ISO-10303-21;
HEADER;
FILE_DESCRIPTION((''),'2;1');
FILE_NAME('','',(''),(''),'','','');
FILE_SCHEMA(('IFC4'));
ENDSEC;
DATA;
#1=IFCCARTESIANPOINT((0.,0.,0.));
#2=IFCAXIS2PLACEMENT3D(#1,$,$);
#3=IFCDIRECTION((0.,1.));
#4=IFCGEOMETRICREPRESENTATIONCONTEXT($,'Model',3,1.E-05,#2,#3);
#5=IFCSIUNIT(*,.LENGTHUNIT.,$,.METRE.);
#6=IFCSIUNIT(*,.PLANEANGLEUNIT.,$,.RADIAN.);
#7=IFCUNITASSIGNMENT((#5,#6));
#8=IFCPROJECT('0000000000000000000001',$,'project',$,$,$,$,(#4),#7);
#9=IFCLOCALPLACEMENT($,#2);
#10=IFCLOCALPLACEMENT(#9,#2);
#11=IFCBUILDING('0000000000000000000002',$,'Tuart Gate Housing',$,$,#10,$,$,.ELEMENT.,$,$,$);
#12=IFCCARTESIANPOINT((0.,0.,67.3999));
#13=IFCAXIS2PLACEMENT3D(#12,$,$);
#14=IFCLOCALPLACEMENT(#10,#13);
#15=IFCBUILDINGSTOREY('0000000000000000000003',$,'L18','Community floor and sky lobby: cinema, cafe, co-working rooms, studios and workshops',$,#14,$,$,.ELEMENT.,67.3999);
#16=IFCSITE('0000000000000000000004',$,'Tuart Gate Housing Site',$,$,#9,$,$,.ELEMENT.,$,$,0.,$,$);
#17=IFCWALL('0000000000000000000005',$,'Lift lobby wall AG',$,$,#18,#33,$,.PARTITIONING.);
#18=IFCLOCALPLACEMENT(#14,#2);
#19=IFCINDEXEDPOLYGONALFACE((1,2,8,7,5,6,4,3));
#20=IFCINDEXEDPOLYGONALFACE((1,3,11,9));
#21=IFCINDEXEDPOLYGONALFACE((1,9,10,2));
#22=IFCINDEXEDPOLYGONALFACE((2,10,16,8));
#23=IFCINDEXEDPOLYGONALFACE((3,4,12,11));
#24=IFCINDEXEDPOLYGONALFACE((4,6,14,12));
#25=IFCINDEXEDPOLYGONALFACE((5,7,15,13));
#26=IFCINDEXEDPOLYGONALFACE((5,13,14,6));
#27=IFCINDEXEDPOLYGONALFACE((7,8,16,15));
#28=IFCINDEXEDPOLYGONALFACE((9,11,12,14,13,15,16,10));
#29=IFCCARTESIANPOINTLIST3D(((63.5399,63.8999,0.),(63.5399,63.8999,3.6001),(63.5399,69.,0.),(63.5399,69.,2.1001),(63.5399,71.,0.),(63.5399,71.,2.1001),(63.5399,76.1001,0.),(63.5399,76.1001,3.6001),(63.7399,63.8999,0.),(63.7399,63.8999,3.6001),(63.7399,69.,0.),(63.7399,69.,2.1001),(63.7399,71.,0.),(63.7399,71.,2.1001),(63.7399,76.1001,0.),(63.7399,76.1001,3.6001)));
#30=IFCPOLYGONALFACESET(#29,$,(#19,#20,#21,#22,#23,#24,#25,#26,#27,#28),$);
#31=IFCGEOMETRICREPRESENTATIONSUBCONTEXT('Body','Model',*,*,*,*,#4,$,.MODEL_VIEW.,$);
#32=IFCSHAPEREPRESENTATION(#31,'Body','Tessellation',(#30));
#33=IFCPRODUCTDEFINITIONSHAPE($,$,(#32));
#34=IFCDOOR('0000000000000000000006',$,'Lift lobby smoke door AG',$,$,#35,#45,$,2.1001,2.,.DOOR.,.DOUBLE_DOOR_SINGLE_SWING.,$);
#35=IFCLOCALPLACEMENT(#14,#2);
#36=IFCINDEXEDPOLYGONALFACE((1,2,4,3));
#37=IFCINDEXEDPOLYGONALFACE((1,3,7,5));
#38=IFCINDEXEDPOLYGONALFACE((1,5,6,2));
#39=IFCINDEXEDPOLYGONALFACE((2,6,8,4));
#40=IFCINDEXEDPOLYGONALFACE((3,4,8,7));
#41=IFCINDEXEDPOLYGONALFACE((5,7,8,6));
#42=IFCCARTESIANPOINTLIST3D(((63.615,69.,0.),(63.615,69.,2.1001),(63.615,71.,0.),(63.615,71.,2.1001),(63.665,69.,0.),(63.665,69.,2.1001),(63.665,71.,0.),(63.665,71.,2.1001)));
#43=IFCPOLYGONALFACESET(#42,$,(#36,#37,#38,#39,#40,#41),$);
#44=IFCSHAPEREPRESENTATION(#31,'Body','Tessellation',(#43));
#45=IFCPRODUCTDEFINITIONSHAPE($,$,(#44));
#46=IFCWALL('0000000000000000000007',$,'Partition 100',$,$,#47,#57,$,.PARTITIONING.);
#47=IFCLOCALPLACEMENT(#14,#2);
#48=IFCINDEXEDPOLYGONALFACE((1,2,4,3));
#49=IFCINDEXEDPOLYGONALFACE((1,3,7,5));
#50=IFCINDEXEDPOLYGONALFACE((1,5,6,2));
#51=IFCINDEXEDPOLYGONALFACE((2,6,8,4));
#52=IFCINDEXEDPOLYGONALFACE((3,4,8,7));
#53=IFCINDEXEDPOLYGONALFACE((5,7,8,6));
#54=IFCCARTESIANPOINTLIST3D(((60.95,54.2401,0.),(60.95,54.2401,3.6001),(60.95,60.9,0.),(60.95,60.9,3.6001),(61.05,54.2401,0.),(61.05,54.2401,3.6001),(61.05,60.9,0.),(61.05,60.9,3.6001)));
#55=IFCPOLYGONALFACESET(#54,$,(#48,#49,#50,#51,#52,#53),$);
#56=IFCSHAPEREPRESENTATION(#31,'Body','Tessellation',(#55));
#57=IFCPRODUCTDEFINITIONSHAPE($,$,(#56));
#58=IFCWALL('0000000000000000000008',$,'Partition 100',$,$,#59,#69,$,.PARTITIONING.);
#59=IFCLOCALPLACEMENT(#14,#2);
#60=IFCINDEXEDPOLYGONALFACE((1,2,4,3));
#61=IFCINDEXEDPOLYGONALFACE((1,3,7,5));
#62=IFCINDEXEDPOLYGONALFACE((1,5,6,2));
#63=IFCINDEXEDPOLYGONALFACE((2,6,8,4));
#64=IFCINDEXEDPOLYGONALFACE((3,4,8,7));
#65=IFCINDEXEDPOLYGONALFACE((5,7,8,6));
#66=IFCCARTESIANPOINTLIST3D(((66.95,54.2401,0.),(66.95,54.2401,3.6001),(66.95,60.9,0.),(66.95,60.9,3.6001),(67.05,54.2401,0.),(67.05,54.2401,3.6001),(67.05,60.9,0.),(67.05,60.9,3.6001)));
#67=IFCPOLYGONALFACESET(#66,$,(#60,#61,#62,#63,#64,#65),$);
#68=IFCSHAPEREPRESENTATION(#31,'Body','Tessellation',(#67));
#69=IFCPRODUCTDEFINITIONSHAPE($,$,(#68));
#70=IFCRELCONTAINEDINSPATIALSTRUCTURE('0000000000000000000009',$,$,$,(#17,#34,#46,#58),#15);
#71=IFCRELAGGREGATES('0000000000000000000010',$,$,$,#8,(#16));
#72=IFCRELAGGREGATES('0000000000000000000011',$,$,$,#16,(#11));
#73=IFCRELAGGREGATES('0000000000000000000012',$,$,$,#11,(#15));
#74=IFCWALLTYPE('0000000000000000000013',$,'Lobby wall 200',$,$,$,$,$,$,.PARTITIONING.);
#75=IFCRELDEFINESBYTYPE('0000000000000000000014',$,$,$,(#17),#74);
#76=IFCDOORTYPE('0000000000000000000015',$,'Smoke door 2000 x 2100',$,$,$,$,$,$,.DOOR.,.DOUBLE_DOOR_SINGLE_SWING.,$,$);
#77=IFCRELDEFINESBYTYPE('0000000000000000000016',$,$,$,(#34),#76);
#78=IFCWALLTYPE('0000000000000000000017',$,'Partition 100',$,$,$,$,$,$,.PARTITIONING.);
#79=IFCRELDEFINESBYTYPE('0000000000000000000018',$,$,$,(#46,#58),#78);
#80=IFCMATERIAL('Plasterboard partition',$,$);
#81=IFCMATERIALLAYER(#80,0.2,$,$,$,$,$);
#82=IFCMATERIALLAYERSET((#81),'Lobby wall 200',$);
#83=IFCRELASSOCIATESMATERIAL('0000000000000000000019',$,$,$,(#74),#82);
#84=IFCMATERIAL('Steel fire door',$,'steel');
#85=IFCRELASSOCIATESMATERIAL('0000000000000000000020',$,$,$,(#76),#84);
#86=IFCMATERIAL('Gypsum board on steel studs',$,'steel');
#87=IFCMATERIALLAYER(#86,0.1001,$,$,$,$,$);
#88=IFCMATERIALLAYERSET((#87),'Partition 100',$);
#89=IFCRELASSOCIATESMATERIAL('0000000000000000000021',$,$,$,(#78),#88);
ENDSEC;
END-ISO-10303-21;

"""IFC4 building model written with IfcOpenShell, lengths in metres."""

from ifc_helpers import new_model, si_unit, direction, frame, frame_2d, origin, place, context, subcontext, project, spatial, rectangle, extrude, material, layer, layer_set, type_object, element, fill, save


model = new_model("IFC4")

# Units and contexts
model_context = context("Model", 3, precision=1e-05, world=origin(), true_north=direction((0.0, 1.0)))
body_context = subcontext(model_context, "Body", "Model", "MODEL_VIEW")
ifc_project = project(units=[si_unit("LENGTHUNIT", "METRE"), si_unit("PLANEANGLEUNIT", "RADIAN")], contexts=[model_context])

# Site, building, storey
site_placement = place(None, origin())
site = spatial("IfcSite", under=ifc_project, at=site_placement, Name="Tuart Gate Housing Site", CompositionType="ELEMENT", RefElevation=0.0)
building_placement = place(site_placement, origin())
building = spatial("IfcBuilding", under=site, at=building_placement, Name="Tuart Gate Housing", CompositionType="ELEMENT")
storey_placement = place(building_placement, frame((0.0, 0.0, 67.3999)))
storey = spatial("IfcBuildingStorey", under=building, at=storey_placement, Name="L18", Description="Community floor and sky lobby: cinema, cafe, co-working rooms, studios and workshops", CompositionType="ELEMENT", Elevation=67.3999)

# Wall, opening, door
ifc_material_1 = material(Name="Plasterboard partition")
ifc_layer_1 = layer(ifc_material_1, 0.2)
ifc_layer_set_1 = layer_set([ifc_layer_1], Name="Lobby wall 200")
wall_type_1 = type_object("IfcWallType", Name="Lobby wall 200", PredefinedType="PARTITIONING", material=ifc_layer_set_1)
wall_1_placement = place(storey_placement, frame((63.6399, 63.8999, 0.0), z_axis=(0.0, 0.0, 1.0), x_axis=(0.0, 1.0, 0.0)))
wall_1 = element("IfcWall", 1, at=wall_1_placement, inside=storey, type_object=wall_type_1, Name="Lift lobby wall AG", PredefinedType="PARTITIONING", context=body_context, shape_type="SweptSolid", body=[
    extrude(rectangle(XDim=12.2002, YDim=0.2, at=frame_2d((6.1001, 0.0))), origin(), (0.0, 0.0, 1.0), 3.6001),
])
opening_1_placement = place(wall_1_placement, frame((5.1001, 0.0, 0.0)))
opening_1 = element("IfcOpeningElement", 2, at=opening_1_placement, cuts=wall_1, PredefinedType="OPENING", context=body_context, shape_type="SweptSolid", body=[
    extrude(rectangle(XDim=2.0, YDim=2.1001, at=frame_2d((1.0, 1.05))), frame((0.0, 0.1099, 0.0), z_axis=(0.0, -1.0, 0.0), x_axis=(1.0, 0.0, 0.0)), (0.0, 0.0, 1.0), 0.22),
])
ifc_material_2 = material(Name="Steel fire door", Category="steel")
door_type_1 = type_object("IfcDoorType", Name="Smoke door 2000 x 2100", OperationType="DOUBLE_DOOR_SINGLE_SWING", PredefinedType="DOOR", material=ifc_material_2)
door_1_placement = place(opening_1_placement, frame((2.0, 0.0, 0.0), z_axis=(0.0, 0.0, 1.0), x_axis=(-1.0, 0.0, 0.0)))
door_1 = element("IfcDoor", 3, at=door_1_placement, inside=storey, type_object=door_type_1, Name="Lift lobby smoke door AG", OperationType="DOUBLE_DOOR_SINGLE_SWING", OverallHeight=2.1001, OverallWidth=2.0, PredefinedType="DOOR", context=body_context, shape_type="SweptSolid", body=[
    extrude(rectangle(XDim=2.0, YDim=2.1001, at=frame_2d((1.0, 1.05))), frame((0.0, 0.0251, 0.0), z_axis=(0.0, -1.0, 0.0), x_axis=(1.0, 0.0, 0.0)), (0.0, 0.0, 1.0), 0.05),
])
fill(opening_1, door_1)

# Walls
ifc_material_3 = material(Name="Gypsum board on steel studs", Category="steel")
ifc_layer_2 = layer(ifc_material_3, 0.1001)
ifc_layer_set_2 = layer_set([ifc_layer_2], Name="Partition 100")
wall_type_2 = type_object("IfcWallType", Name="Partition 100", PredefinedType="PARTITIONING", material=ifc_layer_set_2)
for number, where, z_axis, x_axis, name in (
    (4, (61.0, 54.24, 0.0), (0.0, 0.0, 1.0), (0.0, 1.0, 0.0), "Partition 100"),
    (5, (67.0, 54.24, 0.0), (0.0, 0.0, 1.0), (0.0, 1.0, 0.0), "Partition 100"),
):
    element("IfcWall", number, at=place(storey_placement, frame(where, z_axis=z_axis, x_axis=x_axis)), inside=storey, type_object=wall_type_2, Name=name, PredefinedType="PARTITIONING", context=body_context, shape_type="SweptSolid", body=[
        extrude(rectangle(XDim=6.6599, YDim=0.1001, at=frame_2d((3.3301, 0.0))), origin(), (0.0, 0.0, 1.0), 3.6001),
    ])

save(model, "model.ifc")
